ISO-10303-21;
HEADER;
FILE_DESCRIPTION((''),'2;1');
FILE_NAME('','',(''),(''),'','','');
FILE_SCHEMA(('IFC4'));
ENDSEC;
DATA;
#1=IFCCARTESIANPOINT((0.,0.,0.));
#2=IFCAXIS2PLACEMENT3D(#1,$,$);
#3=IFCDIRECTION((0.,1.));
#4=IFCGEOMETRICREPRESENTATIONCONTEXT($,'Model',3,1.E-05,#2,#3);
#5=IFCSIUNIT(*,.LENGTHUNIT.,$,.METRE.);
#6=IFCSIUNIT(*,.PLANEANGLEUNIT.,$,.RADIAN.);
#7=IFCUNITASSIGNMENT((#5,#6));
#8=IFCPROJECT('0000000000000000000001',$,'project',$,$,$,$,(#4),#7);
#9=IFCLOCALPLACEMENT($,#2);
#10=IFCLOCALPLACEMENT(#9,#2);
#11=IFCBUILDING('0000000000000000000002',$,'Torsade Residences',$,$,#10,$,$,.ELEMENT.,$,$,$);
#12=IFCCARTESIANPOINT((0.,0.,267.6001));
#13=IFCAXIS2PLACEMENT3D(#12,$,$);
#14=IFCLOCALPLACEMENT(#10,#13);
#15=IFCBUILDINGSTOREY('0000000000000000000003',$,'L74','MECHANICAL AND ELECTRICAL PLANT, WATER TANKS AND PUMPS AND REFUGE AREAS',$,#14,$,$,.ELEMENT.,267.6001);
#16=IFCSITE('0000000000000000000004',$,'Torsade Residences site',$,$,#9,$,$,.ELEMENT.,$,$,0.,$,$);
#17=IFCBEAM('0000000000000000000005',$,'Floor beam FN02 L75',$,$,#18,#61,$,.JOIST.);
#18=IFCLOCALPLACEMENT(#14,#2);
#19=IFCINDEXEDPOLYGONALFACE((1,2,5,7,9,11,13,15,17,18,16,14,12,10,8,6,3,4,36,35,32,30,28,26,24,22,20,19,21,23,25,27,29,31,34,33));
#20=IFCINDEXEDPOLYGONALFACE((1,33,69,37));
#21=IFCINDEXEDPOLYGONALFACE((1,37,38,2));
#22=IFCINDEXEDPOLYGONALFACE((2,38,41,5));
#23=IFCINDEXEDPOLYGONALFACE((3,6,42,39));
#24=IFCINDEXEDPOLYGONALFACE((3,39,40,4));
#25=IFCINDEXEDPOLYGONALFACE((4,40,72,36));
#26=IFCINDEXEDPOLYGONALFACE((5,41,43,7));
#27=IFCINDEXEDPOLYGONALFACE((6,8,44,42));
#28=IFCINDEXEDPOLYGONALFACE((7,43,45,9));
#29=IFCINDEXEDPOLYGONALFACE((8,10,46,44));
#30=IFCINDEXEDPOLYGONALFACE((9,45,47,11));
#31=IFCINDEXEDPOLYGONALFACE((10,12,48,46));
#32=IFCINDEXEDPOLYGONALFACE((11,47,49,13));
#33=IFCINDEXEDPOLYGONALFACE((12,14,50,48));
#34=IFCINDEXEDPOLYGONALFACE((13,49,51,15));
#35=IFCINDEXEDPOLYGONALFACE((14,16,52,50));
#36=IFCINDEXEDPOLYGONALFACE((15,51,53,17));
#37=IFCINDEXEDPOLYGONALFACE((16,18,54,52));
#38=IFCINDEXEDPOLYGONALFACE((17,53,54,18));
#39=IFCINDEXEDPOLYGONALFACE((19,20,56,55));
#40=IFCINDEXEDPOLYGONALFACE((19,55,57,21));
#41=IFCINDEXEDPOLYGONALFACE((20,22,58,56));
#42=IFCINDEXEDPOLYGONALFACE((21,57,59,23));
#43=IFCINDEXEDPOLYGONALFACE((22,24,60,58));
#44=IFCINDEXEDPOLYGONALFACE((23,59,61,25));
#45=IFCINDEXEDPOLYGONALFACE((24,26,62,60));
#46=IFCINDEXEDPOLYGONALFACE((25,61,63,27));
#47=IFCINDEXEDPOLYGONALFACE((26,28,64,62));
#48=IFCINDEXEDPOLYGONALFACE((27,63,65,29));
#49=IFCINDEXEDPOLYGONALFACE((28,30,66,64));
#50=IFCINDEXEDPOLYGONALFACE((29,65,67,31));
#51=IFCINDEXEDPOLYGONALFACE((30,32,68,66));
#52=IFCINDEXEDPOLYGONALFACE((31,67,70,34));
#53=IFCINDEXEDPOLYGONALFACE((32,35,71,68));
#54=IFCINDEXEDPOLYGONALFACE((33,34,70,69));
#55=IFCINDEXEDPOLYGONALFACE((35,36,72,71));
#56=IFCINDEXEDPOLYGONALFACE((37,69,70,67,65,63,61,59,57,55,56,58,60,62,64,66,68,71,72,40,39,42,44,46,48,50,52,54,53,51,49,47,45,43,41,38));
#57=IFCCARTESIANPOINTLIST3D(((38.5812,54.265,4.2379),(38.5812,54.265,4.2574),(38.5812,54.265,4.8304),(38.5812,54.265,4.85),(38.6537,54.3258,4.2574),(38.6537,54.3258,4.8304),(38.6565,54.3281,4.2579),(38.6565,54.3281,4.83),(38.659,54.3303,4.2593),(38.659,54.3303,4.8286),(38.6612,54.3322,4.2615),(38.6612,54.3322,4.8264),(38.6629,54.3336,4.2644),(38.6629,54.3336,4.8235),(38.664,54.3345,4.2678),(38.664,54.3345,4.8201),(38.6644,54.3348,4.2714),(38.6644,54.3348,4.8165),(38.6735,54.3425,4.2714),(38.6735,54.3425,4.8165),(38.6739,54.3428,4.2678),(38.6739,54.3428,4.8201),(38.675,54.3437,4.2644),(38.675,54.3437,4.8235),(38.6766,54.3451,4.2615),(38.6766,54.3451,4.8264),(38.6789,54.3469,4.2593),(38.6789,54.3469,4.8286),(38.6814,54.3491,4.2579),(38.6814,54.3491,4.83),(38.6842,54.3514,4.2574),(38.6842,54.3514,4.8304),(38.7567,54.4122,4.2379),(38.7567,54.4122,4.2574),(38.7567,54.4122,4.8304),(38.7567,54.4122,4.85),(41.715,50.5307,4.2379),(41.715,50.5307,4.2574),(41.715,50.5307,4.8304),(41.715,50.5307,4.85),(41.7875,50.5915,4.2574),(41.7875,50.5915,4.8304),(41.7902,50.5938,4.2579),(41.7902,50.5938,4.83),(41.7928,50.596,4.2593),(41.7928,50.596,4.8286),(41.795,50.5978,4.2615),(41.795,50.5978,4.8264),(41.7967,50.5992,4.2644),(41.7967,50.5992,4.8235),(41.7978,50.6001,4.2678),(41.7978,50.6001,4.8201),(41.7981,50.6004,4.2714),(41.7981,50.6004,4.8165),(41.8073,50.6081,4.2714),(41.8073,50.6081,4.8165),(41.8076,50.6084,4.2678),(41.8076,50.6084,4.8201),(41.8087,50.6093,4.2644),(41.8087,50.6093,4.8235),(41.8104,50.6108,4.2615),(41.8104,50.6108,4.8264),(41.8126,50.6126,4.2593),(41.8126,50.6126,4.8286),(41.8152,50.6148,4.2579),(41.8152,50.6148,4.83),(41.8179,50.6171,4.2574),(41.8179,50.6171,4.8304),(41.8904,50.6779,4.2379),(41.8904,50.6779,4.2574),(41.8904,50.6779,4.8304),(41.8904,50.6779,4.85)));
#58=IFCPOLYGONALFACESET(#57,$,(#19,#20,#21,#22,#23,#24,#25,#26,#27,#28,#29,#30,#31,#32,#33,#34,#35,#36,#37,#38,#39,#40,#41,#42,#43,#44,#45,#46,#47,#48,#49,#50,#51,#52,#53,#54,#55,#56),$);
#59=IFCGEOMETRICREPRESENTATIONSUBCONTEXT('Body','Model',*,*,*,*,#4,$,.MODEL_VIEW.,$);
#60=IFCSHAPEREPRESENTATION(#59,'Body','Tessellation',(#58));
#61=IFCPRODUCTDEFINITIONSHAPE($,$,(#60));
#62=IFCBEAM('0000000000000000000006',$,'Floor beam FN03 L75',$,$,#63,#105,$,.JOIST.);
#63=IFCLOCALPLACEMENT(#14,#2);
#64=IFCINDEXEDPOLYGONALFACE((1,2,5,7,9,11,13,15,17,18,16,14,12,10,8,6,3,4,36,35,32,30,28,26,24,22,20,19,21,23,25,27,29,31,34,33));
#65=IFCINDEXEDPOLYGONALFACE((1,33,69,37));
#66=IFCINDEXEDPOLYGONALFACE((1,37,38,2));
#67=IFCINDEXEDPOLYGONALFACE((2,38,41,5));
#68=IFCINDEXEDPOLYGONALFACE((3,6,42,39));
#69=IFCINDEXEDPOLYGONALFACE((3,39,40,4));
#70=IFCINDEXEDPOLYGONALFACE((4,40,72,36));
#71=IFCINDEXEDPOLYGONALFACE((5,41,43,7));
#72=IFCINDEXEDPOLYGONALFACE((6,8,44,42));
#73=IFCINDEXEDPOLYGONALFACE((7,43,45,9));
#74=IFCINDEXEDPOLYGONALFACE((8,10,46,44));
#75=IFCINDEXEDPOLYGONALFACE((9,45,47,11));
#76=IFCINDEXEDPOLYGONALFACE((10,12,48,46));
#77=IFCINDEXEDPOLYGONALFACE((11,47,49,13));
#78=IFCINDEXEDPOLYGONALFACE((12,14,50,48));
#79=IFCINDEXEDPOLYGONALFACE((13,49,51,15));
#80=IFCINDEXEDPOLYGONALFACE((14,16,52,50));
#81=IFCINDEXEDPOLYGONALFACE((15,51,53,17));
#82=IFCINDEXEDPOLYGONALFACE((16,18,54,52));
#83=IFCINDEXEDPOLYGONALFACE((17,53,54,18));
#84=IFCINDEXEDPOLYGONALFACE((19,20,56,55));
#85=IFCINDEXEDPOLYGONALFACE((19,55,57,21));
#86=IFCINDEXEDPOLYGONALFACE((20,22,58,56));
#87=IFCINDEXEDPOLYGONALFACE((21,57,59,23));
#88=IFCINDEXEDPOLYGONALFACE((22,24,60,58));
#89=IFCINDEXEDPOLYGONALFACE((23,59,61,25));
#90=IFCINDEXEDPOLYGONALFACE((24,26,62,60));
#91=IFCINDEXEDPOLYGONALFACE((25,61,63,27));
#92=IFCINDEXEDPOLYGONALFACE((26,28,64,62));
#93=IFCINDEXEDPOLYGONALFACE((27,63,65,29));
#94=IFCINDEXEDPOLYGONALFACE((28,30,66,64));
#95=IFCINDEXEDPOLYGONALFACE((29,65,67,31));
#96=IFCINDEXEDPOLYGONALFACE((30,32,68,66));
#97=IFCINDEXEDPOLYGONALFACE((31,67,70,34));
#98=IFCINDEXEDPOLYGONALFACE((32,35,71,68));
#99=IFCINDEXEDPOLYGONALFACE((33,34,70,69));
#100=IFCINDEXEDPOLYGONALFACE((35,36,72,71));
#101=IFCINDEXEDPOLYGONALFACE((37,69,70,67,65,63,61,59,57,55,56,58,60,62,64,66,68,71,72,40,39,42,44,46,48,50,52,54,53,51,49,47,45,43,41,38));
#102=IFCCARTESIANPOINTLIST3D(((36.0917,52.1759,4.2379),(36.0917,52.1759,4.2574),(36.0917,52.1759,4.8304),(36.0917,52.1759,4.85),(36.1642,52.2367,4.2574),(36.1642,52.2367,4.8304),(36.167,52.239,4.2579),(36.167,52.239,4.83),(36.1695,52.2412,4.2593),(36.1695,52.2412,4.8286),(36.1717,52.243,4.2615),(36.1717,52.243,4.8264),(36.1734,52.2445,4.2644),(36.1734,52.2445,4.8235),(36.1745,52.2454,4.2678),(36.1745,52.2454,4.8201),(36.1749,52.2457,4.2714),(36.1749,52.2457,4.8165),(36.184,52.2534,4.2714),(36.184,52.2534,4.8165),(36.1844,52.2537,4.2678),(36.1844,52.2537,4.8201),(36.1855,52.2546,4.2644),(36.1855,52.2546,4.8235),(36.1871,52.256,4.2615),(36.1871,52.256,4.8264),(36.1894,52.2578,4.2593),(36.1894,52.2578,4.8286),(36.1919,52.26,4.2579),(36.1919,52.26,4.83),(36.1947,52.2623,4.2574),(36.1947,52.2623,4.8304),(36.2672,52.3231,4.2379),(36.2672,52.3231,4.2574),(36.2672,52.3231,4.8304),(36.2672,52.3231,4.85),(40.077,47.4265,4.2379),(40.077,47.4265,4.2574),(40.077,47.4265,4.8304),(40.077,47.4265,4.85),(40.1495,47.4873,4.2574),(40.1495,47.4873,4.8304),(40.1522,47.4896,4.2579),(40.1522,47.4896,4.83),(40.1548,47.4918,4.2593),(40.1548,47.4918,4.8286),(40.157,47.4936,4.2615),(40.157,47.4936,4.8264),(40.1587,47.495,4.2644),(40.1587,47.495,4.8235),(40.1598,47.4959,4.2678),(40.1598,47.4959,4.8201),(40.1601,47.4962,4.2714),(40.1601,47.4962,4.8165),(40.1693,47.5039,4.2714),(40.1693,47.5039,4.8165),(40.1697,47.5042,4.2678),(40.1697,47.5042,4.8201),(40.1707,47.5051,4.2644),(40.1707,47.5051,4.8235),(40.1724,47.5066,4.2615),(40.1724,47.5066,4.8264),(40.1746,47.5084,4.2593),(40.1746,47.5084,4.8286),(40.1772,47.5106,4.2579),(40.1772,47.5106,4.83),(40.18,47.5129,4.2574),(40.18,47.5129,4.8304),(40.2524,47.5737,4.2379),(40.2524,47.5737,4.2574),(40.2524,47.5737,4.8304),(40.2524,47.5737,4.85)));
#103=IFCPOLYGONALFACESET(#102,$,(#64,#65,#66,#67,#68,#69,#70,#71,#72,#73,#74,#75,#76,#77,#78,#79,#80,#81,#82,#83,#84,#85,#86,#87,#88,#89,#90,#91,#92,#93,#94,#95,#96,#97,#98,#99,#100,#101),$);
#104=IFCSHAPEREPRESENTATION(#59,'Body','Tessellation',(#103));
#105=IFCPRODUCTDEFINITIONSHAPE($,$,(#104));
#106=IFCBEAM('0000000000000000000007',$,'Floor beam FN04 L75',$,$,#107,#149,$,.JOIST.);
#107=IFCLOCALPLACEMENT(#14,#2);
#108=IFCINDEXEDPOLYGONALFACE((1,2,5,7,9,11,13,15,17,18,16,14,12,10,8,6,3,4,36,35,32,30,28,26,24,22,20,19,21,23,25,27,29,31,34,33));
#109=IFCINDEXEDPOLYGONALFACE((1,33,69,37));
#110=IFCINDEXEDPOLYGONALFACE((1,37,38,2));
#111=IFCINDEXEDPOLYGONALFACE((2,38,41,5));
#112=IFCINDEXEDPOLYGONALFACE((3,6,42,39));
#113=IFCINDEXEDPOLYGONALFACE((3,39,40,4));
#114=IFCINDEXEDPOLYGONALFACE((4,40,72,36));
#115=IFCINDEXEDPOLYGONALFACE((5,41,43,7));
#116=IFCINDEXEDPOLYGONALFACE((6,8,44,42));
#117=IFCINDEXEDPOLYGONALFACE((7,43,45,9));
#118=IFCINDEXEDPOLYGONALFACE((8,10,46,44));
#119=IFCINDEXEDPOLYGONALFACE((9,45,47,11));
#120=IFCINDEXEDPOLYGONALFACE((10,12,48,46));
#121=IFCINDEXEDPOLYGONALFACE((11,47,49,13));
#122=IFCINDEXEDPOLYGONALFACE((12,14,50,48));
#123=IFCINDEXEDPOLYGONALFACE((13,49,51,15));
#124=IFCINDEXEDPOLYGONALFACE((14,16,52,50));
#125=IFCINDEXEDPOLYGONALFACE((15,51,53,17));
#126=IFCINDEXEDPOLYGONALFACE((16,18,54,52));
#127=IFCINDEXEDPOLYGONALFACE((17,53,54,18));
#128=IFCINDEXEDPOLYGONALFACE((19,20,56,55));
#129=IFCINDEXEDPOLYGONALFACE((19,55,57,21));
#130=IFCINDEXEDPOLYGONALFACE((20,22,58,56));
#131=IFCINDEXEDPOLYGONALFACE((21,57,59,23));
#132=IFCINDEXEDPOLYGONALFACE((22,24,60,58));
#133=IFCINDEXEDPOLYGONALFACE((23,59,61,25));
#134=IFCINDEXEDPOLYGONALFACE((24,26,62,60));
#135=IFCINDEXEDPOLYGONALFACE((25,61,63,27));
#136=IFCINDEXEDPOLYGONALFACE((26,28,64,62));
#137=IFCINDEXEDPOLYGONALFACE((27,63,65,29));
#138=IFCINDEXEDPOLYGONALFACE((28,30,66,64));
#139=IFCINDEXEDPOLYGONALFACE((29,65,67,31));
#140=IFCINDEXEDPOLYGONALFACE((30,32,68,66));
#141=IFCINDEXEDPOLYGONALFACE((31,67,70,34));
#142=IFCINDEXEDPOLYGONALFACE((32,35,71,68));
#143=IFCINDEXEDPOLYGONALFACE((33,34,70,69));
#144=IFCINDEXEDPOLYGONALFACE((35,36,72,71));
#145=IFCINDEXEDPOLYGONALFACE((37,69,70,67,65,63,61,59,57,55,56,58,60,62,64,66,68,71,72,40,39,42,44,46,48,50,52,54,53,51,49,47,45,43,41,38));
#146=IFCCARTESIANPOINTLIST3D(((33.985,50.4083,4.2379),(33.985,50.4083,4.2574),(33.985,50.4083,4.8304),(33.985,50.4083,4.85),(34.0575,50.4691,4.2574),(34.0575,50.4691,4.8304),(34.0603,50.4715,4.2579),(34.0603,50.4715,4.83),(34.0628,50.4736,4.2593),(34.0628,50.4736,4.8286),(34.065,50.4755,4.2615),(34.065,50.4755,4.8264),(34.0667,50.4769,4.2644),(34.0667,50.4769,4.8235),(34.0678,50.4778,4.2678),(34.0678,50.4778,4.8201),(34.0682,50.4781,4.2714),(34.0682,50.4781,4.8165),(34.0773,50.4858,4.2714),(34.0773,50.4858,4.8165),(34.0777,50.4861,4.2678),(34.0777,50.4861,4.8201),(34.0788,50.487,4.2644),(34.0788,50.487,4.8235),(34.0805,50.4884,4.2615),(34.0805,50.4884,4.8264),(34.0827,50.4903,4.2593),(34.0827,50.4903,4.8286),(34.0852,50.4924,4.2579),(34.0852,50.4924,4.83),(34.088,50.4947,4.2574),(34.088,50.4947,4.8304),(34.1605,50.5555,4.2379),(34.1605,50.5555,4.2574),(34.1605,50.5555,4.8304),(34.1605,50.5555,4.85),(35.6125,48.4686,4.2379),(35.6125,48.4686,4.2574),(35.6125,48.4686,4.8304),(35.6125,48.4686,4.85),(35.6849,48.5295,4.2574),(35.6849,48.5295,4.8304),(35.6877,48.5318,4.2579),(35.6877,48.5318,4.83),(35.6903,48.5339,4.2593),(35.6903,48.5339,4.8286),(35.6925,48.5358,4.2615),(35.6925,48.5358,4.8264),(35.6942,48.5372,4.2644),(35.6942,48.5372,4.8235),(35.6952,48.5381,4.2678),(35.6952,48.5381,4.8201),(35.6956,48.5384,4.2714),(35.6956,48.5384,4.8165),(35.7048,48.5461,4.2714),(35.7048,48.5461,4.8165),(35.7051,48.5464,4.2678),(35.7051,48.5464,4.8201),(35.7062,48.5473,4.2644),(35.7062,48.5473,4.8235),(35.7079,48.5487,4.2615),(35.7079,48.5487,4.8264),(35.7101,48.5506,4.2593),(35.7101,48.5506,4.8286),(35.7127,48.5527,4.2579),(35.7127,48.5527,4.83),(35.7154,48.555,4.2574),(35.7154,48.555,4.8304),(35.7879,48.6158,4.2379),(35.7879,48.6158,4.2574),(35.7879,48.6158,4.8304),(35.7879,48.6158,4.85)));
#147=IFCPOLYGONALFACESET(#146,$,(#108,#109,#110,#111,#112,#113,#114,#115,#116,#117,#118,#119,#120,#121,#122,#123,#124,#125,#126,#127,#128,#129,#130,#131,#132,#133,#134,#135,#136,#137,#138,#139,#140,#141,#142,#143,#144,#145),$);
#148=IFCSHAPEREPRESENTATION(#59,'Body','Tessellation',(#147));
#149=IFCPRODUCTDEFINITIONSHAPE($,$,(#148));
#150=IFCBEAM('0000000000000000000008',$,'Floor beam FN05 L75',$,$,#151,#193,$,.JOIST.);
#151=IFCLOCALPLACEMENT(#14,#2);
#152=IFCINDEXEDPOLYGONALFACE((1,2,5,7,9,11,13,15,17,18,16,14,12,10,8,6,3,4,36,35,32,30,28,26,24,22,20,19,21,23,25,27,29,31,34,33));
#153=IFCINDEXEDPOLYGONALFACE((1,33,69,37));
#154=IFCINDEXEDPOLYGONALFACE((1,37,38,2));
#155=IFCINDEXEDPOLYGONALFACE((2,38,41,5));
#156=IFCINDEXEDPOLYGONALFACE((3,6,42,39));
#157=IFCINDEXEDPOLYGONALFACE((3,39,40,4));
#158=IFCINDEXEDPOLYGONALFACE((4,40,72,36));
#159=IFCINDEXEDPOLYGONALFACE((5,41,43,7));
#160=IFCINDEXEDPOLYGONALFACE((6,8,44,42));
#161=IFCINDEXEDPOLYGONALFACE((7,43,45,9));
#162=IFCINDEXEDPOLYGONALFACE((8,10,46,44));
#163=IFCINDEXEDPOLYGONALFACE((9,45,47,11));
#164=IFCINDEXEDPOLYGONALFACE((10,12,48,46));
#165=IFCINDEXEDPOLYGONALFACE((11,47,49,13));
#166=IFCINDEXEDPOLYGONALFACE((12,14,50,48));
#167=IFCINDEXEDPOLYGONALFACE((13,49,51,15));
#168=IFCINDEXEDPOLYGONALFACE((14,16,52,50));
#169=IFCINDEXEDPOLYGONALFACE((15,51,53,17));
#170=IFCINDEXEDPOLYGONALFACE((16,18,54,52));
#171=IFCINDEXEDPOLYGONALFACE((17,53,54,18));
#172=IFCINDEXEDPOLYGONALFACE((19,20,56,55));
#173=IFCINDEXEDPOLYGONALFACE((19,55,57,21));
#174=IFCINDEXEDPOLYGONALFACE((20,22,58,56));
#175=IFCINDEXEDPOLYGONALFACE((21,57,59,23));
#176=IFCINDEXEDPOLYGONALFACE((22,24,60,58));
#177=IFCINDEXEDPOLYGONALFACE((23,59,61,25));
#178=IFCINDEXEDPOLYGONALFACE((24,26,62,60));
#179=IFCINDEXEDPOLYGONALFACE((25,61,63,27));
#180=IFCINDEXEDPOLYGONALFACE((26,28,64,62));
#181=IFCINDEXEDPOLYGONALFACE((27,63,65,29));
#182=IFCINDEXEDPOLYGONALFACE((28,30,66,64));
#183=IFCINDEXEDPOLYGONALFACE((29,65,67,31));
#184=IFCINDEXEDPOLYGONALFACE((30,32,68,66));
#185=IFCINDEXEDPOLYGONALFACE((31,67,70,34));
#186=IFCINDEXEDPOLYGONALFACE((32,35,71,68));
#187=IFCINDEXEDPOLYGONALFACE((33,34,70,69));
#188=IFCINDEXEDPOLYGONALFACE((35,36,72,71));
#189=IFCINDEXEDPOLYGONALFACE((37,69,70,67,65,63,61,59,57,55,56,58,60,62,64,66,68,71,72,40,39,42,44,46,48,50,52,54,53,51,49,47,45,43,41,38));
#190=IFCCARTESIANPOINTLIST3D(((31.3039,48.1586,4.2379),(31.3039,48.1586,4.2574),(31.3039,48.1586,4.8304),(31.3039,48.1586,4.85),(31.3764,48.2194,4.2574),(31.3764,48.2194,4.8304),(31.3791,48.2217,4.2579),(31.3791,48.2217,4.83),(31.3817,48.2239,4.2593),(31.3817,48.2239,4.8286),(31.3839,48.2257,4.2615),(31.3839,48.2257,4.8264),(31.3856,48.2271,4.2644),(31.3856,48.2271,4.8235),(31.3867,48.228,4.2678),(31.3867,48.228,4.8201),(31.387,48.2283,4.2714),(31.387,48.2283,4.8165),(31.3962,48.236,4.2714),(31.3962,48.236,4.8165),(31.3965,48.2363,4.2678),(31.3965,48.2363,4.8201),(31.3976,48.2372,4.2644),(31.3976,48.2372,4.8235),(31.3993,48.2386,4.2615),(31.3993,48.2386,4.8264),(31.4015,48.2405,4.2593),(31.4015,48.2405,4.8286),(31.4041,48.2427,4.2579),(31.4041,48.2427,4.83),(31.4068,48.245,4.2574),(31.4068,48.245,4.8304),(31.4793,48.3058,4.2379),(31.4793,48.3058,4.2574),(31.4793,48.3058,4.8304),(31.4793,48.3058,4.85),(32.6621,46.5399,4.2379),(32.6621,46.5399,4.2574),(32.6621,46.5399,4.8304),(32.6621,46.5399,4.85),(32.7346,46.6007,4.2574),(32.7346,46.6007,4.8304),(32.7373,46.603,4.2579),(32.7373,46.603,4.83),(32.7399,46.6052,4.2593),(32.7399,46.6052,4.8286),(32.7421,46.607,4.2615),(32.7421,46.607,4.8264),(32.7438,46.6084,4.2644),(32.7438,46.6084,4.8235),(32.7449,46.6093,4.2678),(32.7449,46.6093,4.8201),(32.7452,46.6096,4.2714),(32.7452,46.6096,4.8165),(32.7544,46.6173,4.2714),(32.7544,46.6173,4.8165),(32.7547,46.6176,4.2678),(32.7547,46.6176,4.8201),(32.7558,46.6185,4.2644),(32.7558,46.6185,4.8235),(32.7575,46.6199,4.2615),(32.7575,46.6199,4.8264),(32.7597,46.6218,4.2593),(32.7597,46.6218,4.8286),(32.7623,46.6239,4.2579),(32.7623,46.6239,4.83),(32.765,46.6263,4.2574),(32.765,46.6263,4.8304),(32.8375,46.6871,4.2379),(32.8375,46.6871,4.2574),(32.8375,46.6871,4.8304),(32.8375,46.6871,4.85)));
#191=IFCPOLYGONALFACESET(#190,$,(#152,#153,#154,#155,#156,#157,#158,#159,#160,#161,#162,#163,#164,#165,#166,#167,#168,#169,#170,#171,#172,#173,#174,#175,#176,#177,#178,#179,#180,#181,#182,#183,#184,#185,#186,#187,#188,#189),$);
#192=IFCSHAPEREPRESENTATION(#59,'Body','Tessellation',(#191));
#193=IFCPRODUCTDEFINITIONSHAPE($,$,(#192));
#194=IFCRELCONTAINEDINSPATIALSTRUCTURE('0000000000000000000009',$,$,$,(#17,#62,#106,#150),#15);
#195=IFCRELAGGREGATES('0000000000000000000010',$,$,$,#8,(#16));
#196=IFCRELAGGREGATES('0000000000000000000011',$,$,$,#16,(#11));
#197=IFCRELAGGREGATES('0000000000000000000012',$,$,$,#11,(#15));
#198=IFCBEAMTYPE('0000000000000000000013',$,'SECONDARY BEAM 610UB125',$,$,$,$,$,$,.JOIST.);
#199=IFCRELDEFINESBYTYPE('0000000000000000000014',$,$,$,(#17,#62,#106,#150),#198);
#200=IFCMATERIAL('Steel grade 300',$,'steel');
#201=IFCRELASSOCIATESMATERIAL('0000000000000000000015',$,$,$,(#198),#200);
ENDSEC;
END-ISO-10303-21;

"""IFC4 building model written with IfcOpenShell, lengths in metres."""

from ifc_helpers import new_model, si_unit, direction, frame, origin, origin_2d, place, context, subcontext, project, spatial, i_section, extrude, material, material_profile, profile_set, type_object, element, save


model = new_model("IFC4")

# Units and contexts
model_context = context("Model", 3, precision=1e-05, world=origin(), true_north=direction((0.0, 1.0)))
body_context = subcontext(model_context, "Body", "Model", "MODEL_VIEW")
ifc_project = project(units=[si_unit("LENGTHUNIT", "METRE"), si_unit("PLANEANGLEUNIT", "RADIAN")], contexts=[model_context])

# Site, building, storey
site_placement = place(None, origin())
site = spatial("IfcSite", under=ifc_project, at=site_placement, Name="Torsade Residences site", CompositionType="ELEMENT", RefElevation=0.0)
building_placement = place(site_placement, origin())
building = spatial("IfcBuilding", under=site, at=building_placement, Name="Torsade Residences", CompositionType="ELEMENT")
storey_placement = place(building_placement, frame((0.0, 0.0, 267.6001)))
storey = spatial("IfcBuildingStorey", under=building, at=storey_placement, Name="L74", Description="MECHANICAL AND ELECTRICAL PLANT, WATER TANKS AND PUMPS AND REFUGE AREAS", CompositionType="ELEMENT", Elevation=267.6001)

# Beams
ifc_material_1 = material(Name="Steel grade 300", Category="steel")
ifc_material_profile_1 = material_profile(ifc_material_1, i_section(OverallWidth=0.229, OverallDepth=0.6121, WebThickness=0.012, FlangeThickness=0.0195, FilletRadius=0.0139, at=origin_2d()), Name="610UB125")
ifc_profile_set_1 = profile_set([ifc_material_profile_1], Name="Steel grade 300")
beam_type_1 = type_object("IfcBeamType", Name="SECONDARY BEAM 610UB125", PredefinedType="JOIST", material=ifc_profile_set_1)
beam_1_placement = place(storey_placement, frame((38.6689, 54.3386, 4.5439), z_axis=(0.642821, -0.766017, 0.0), x_axis=(0.766017, 0.642821, 0.0)))
element("IfcBeam", 1, at=beam_1_placement, inside=storey, type_object=beam_type_1, Name="Floor beam FN02 L75", PredefinedType="JOIST", context=body_context, shape_type="SweptSolid", body=[
    extrude(i_section(OverallWidth=0.229, OverallDepth=0.6121, WebThickness=0.012, FlangeThickness=0.0195, FilletRadius=0.0139, at=origin_2d()), origin(), (0.0, 0.0, 1.0), 4.875),
])
beam_2_placement = place(storey_placement, frame((36.1794, 52.2495, 4.5439), z_axis=(0.642791, -0.766041, 0.0), x_axis=(0.766041, 0.642791, 0.0)))
element("IfcBeam", 2, at=beam_2_placement, inside=storey, type_object=beam_type_1, Name="Floor beam FN03 L75", PredefinedType="JOIST", context=body_context, shape_type="SweptSolid", body=[
    extrude(i_section(OverallWidth=0.229, OverallDepth=0.6121, WebThickness=0.012, FlangeThickness=0.0195, FilletRadius=0.0139, at=origin_2d()), origin(), (0.0, 0.0, 1.0), 6.2),
])
beam_3_placement = place(storey_placement, frame((34.0728, 50.4819, 4.5439), z_axis=(0.642751, -0.766075, 0.0), x_axis=(0.766075, 0.642751, 0.0)))
element("IfcBeam", 3, at=beam_3_placement, inside=storey, type_object=beam_type_1, Name="Floor beam FN04 L75", PredefinedType="JOIST", context=body_context, shape_type="SweptSolid", body=[
    extrude(i_section(OverallWidth=0.229, OverallDepth=0.6121, WebThickness=0.012, FlangeThickness=0.0195, FilletRadius=0.0139, at=origin_2d()), origin(), (0.0, 0.0, 1.0), 2.532),
])
beam_4_placement = place(storey_placement, frame((31.3916, 48.2322, 4.5439), z_axis=(0.642772, -0.766058, 0.0), x_axis=(0.766058, 0.642772, 0.0)))
element("IfcBeam", 4, at=beam_4_placement, inside=storey, type_object=beam_type_1, Name="Floor beam FN05 L75", PredefinedType="JOIST", context=body_context, shape_type="SweptSolid", body=[
    extrude(i_section(OverallWidth=0.229, OverallDepth=0.6121, WebThickness=0.012, FlangeThickness=0.0195, FilletRadius=0.0139, at=origin_2d()), origin(), (0.0, 0.0, 1.0), 2.113),
])

save(model, "model.ifc")
